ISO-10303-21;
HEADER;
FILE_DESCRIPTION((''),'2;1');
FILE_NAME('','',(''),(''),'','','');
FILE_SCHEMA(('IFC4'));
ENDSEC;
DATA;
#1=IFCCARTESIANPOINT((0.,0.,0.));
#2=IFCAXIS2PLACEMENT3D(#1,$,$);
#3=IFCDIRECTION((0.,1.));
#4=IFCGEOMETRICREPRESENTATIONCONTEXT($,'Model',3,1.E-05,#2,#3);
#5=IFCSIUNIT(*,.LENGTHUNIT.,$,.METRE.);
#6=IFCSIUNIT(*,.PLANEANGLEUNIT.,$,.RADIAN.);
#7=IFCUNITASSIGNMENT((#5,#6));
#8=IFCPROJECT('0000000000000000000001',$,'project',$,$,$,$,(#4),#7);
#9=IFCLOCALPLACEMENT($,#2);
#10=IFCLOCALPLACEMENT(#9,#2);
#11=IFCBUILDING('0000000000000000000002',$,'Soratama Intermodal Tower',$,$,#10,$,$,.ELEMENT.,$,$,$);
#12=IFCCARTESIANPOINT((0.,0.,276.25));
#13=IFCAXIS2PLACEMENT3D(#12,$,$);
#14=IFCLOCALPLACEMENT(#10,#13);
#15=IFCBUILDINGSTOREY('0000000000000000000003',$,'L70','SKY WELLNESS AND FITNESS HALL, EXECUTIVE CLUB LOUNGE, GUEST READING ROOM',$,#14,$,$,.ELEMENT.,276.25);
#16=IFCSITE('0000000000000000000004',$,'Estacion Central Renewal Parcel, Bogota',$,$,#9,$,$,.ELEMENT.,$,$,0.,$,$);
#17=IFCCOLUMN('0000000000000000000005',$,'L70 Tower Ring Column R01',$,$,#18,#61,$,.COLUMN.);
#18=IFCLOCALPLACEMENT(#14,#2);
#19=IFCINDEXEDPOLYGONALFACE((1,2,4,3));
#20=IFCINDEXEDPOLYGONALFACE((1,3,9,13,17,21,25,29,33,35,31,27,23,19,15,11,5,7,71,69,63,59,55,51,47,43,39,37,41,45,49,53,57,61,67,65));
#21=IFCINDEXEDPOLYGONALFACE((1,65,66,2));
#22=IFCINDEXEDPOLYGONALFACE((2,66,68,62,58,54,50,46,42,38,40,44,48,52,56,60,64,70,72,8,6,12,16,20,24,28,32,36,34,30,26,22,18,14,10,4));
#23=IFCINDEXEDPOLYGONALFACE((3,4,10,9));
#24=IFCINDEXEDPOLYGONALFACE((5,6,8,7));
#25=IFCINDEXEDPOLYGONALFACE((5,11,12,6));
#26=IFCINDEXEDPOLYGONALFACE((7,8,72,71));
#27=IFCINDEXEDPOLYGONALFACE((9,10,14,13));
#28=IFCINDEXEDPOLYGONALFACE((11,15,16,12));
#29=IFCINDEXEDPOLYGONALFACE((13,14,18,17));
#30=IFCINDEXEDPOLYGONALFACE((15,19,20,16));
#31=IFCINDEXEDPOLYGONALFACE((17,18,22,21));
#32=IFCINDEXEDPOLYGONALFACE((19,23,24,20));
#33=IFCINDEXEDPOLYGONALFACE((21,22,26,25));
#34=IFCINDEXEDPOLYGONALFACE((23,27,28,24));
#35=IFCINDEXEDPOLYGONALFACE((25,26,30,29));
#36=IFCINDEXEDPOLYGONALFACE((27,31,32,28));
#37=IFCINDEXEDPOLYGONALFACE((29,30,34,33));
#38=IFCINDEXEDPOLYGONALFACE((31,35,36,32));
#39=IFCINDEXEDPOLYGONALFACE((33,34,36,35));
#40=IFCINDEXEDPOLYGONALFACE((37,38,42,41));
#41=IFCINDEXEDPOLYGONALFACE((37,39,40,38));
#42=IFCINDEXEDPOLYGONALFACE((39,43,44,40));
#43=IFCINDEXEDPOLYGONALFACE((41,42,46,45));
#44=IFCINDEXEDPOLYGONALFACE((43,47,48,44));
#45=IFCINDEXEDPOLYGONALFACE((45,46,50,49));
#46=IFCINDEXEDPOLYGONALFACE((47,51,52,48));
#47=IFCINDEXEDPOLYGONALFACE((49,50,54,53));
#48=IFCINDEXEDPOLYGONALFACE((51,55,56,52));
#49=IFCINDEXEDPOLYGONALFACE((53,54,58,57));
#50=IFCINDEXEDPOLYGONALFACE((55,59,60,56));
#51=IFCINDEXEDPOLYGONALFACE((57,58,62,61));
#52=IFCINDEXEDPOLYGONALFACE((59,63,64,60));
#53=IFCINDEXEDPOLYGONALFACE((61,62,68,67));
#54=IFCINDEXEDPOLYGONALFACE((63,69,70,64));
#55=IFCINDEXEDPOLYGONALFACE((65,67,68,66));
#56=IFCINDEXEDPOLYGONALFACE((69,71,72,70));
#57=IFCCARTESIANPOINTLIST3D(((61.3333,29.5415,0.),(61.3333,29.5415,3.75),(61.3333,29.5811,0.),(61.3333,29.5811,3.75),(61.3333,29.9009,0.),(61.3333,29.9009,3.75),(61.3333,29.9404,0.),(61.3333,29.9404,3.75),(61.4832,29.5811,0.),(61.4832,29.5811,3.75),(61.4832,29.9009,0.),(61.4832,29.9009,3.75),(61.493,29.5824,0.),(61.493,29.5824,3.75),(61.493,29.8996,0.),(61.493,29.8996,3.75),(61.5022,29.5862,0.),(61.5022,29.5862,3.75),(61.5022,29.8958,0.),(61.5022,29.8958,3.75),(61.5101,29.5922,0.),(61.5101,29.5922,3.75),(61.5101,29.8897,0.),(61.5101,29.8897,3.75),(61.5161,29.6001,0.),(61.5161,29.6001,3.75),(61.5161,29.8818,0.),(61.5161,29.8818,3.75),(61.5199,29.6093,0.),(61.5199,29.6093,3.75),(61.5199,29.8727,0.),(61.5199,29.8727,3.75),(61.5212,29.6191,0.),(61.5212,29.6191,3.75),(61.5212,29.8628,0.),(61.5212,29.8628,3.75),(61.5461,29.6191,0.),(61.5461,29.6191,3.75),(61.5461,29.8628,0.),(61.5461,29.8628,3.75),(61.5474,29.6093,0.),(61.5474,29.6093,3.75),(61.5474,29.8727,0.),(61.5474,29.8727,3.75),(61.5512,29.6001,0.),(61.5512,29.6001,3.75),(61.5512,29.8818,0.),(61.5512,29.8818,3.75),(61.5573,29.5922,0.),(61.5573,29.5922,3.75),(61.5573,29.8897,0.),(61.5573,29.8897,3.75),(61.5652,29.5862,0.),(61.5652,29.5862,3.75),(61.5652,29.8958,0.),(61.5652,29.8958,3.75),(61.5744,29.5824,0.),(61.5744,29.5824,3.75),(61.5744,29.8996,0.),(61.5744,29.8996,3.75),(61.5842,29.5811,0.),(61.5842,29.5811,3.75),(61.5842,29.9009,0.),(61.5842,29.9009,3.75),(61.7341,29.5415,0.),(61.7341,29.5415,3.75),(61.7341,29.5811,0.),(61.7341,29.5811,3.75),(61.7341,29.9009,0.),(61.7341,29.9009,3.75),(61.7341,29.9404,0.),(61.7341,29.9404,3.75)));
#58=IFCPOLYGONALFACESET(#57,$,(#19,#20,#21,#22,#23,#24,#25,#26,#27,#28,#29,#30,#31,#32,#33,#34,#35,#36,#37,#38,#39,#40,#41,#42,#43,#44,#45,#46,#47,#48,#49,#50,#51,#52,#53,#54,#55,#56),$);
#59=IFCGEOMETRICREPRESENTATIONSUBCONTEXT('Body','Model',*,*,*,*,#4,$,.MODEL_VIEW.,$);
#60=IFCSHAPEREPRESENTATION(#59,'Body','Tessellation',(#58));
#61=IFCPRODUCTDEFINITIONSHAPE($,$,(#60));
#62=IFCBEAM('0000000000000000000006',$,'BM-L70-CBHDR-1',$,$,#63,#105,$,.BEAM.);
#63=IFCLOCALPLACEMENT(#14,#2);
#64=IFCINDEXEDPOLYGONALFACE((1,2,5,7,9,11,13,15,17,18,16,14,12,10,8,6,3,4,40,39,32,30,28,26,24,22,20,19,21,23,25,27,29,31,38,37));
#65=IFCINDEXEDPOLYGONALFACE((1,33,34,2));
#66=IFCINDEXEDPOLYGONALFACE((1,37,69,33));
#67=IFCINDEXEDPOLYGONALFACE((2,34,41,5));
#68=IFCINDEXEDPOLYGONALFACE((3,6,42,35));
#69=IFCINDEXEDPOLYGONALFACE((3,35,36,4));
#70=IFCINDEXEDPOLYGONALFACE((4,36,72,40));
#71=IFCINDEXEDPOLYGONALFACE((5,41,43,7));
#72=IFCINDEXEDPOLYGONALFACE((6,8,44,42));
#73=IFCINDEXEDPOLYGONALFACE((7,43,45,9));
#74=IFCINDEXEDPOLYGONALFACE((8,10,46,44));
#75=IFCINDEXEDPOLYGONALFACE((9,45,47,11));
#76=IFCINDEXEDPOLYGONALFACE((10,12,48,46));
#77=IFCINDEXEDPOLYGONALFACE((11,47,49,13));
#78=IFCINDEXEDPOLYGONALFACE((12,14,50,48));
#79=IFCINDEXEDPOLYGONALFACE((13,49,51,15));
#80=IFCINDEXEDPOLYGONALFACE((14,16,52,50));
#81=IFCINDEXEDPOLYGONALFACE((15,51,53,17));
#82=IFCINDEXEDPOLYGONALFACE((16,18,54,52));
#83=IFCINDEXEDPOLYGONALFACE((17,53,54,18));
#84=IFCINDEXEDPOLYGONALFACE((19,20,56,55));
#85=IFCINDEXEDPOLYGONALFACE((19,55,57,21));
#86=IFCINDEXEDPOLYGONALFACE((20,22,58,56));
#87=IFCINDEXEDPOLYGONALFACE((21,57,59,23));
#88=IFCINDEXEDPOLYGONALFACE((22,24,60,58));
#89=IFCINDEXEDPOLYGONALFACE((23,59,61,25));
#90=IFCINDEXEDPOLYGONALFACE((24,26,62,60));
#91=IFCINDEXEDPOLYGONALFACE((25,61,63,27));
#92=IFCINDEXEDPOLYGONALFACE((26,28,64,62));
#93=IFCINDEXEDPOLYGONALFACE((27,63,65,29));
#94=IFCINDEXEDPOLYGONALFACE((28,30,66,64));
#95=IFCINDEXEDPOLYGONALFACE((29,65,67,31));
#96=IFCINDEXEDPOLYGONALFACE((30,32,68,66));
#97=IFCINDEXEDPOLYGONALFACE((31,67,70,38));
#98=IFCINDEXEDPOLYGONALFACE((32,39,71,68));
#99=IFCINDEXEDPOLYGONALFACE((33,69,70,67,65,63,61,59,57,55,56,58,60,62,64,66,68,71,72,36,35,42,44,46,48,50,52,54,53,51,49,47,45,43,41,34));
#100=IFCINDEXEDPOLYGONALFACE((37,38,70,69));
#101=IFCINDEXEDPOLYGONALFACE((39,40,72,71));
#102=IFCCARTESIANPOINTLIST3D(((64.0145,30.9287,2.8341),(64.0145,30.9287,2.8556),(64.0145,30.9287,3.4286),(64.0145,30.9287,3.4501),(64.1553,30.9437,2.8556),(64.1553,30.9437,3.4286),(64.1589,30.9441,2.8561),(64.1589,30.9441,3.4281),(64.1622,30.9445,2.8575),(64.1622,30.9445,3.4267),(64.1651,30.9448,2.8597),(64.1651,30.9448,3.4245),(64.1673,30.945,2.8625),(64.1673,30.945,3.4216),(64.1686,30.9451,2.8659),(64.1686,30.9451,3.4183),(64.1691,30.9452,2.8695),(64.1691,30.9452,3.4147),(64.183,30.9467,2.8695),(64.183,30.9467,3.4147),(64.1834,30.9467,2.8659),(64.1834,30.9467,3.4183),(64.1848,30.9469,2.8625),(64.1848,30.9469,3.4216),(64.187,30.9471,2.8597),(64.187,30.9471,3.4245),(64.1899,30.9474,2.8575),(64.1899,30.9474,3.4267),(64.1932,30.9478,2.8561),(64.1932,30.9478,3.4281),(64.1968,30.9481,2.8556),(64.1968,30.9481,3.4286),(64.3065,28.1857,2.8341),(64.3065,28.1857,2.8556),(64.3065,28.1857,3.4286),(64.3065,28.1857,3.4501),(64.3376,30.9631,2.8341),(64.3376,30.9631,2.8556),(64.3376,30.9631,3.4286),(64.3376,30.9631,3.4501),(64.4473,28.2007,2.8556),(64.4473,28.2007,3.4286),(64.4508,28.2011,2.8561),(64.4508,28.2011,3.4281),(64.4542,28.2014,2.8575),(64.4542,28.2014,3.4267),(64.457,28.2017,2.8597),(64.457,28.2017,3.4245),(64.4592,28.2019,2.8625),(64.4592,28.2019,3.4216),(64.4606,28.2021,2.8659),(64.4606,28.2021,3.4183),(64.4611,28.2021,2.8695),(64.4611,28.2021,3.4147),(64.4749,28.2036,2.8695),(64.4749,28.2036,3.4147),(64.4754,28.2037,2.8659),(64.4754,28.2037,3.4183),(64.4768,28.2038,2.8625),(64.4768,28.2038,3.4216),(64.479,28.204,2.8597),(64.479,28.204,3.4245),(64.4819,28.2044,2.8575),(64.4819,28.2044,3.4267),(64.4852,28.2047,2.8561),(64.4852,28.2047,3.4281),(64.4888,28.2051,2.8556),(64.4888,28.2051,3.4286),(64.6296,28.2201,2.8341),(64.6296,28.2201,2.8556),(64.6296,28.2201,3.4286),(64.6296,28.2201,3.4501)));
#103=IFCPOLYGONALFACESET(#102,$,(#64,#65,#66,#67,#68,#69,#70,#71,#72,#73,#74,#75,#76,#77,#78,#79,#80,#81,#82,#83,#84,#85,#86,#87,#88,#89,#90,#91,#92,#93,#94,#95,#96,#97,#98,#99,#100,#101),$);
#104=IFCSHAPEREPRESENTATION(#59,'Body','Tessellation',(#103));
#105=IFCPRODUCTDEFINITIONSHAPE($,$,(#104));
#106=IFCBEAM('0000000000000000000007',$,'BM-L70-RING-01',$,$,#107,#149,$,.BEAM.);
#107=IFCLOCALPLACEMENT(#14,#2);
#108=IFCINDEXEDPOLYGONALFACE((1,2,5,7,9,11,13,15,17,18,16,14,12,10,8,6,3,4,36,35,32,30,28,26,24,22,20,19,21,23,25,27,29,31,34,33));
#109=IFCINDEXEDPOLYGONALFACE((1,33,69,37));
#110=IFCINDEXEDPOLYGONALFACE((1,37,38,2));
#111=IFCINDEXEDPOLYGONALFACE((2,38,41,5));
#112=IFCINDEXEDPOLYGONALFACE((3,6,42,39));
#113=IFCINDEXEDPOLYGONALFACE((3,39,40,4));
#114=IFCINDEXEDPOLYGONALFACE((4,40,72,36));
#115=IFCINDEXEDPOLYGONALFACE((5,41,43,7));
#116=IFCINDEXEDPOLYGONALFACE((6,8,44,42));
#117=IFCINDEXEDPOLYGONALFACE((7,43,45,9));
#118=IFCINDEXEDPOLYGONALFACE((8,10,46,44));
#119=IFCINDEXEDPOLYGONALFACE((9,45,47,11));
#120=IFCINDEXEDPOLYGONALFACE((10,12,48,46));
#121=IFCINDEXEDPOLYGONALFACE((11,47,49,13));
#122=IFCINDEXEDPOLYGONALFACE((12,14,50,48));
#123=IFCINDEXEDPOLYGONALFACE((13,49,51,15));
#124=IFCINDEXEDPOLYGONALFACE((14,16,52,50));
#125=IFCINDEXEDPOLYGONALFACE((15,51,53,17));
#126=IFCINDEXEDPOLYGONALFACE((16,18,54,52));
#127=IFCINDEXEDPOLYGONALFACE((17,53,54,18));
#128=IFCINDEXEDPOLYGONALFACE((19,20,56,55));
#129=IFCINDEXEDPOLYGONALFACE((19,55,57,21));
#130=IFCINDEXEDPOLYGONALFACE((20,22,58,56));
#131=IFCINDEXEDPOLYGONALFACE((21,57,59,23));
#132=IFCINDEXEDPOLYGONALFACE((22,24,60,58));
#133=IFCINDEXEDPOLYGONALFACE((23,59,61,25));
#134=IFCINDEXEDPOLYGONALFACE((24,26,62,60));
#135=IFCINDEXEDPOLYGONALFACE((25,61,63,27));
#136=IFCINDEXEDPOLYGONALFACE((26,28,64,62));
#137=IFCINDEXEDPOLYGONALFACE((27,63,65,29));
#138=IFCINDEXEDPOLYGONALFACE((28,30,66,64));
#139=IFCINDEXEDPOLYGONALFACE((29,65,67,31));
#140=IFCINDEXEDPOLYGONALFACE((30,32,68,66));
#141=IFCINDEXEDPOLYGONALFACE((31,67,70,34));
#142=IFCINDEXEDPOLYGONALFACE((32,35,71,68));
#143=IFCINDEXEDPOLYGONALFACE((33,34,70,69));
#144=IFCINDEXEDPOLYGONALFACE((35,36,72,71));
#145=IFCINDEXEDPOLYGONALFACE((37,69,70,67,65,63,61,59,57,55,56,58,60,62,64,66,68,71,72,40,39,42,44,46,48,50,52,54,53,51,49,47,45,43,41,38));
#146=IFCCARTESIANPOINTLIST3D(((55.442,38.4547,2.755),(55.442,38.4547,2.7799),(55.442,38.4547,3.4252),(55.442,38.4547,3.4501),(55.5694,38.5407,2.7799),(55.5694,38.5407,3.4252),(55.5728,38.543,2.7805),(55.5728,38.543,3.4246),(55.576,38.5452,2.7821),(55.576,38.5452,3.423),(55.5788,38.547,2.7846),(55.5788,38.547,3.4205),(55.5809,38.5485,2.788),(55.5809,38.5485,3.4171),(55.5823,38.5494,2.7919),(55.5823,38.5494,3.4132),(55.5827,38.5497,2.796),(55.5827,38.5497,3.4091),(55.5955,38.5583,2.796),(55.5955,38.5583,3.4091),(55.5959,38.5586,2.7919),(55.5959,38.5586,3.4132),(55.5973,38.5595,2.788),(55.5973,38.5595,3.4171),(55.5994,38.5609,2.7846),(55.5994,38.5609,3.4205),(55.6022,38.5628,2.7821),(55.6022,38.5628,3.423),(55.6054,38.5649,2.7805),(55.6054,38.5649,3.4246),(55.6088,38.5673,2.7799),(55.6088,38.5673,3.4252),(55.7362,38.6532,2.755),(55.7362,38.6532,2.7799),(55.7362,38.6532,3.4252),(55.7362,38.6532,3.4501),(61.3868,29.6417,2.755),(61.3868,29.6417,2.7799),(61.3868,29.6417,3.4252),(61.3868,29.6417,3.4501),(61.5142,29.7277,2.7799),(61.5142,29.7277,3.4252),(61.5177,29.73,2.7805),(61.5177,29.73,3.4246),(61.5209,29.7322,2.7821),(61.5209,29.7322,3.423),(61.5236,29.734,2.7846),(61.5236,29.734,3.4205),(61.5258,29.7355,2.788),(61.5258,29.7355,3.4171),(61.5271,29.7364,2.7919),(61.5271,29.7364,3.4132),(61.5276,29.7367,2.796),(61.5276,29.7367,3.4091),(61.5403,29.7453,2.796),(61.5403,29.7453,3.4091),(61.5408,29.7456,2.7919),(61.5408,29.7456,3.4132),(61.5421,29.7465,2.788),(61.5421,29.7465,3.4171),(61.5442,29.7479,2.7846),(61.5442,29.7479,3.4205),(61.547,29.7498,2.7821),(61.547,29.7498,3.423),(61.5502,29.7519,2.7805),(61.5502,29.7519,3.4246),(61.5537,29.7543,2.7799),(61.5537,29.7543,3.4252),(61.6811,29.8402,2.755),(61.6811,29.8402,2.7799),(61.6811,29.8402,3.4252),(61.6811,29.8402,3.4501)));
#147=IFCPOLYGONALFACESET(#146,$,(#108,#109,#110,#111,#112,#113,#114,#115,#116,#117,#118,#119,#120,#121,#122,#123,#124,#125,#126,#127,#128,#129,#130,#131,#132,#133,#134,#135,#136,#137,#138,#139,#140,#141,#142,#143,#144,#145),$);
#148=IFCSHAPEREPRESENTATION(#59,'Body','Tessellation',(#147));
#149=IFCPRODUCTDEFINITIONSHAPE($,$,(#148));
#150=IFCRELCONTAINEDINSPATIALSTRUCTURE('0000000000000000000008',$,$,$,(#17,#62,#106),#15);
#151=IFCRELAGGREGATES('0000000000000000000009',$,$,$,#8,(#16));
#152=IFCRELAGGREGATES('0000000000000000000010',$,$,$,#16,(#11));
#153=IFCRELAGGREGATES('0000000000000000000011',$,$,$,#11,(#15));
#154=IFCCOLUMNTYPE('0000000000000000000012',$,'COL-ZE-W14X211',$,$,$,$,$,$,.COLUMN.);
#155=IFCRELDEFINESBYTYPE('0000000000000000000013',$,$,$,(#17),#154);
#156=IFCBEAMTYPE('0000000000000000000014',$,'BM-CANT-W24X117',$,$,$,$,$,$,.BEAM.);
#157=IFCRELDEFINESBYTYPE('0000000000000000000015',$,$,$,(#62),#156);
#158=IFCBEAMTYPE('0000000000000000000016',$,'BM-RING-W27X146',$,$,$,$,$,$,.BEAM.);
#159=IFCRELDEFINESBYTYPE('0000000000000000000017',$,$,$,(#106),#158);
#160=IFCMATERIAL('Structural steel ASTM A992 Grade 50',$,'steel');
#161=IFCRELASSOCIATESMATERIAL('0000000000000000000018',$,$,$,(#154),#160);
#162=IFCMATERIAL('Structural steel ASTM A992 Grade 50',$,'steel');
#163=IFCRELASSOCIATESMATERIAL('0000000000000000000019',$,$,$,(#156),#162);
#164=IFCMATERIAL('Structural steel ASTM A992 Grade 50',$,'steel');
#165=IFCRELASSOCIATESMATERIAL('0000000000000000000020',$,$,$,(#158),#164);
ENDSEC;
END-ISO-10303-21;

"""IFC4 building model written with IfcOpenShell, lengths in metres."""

from ifc_helpers import new_model, si_unit, direction, frame, origin, origin_2d, place, context, subcontext, project, spatial, i_section, extrude, material, material_profile, profile_set, type_object, element, save


model = new_model("IFC4")

# Units and contexts
model_context = context("Model", 3, precision=1e-05, world=origin(), true_north=direction((0.0, 1.0)))
body_context = subcontext(model_context, "Body", "Model", "MODEL_VIEW")
ifc_project = project(units=[si_unit("LENGTHUNIT", "METRE"), si_unit("PLANEANGLEUNIT", "RADIAN")], contexts=[model_context])

# Site, building, storey
site_placement = place(None, origin())
site = spatial("IfcSite", under=ifc_project, at=site_placement, Name="Estacion Central Renewal Parcel, Bogota", CompositionType="ELEMENT", RefElevation=0.0)
building_placement = place(site_placement, origin())
building = spatial("IfcBuilding", under=site, at=building_placement, Name="Soratama Intermodal Tower", CompositionType="ELEMENT")
storey_placement = place(building_placement, frame((0.0, 0.0, 276.25)))
storey = spatial("IfcBuildingStorey", under=building, at=storey_placement, Name="L70", Description="SKY WELLNESS AND FITNESS HALL, EXECUTIVE CLUB LOUNGE, GUEST READING ROOM", CompositionType="ELEMENT", Elevation=276.25)

# Column
ifc_material_1 = material(Name="Structural steel ASTM A992 Grade 50", Category="steel")
ifc_material_profile_1 = material_profile(ifc_material_1, i_section(OverallWidth=0.4009, OverallDepth=0.3989, WebThickness=0.0249, FlangeThickness=0.0396, FilletRadius=0.0381, at=origin_2d()), Name="W14X211")
ifc_profile_set_1 = profile_set([ifc_material_profile_1], Name="Structural steel ASTM A992 Grade 50")
column_type = type_object("IfcColumnType", Name="COL-ZE-W14X211", PredefinedType="COLUMN", material=ifc_profile_set_1)
column_placement = place(storey_placement, frame((61.5337, 29.741, 0.0), z_axis=(0.0, 0.0, 1.0), x_axis=(1.0, 0.0, 0.0)))
element("IfcColumn", 1, at=column_placement, inside=storey, type_object=column_type, Name="L70 Tower Ring Column R01", PredefinedType="COLUMN", context=body_context, shape_type="SweptSolid", body=[
    extrude(i_section(OverallWidth=0.4009, OverallDepth=0.3989, WebThickness=0.0249, FlangeThickness=0.0396, FilletRadius=0.0381, at=origin_2d()), origin(), (0.0, 0.0, 1.0), 3.75),
])

# Beams
ifc_material_2 = material(Name="Structural steel ASTM A992 Grade 50", Category="steel")
ifc_material_profile_2 = material_profile(ifc_material_2, i_section(OverallWidth=0.325, OverallDepth=0.616, WebThickness=0.0139, FlangeThickness=0.0215, FilletRadius=0.0139, at=origin_2d()), Name="W24X117")
ifc_profile_set_2 = profile_set([ifc_material_profile_2], Name="Structural steel ASTM A992 Grade 50")
beam_type_1 = type_object("IfcBeamType", Name="BM-CANT-W24X117", PredefinedType="BEAM", material=ifc_profile_set_2)
beam_1_placement = place(storey_placement, frame((64.468, 28.2029, 3.1421), z_axis=(-0.105846, 0.994383, 0.0), x_axis=(-0.994383, -0.105846, 0.0)))
element("IfcBeam", 2, at=beam_1_placement, inside=storey, type_object=beam_type_1, Name="BM-L70-CBHDR-1", PredefinedType="BEAM", context=body_context, shape_type="SweptSolid", body=[
    extrude(i_section(OverallWidth=0.325, OverallDepth=0.616, WebThickness=0.0139, FlangeThickness=0.0215, FilletRadius=0.0139, at=origin_2d()), origin(), (0.0, 0.0, 1.0), 2.7585),
])
ifc_material_3 = material(Name="Structural steel ASTM A992 Grade 50", Category="steel")
ifc_material_profile_3 = material_profile(ifc_material_3, i_section(OverallWidth=0.355, OverallDepth=0.6951, WebThickness=0.0154, FlangeThickness=0.0249, FilletRadius=0.0161, at=origin_2d()), Name="W27X146")
ifc_profile_set_3 = profile_set([ifc_material_profile_3], Name="Structural steel ASTM A992 Grade 50")
beam_type_2 = type_object("IfcBeamType", Name="BM-RING-W27X146", PredefinedType="BEAM", material=ifc_profile_set_3)
beam_2_placement = place(storey_placement, frame((61.5339, 29.741, 3.1025), z_axis=(-0.559218, 0.829021, 0.0), x_axis=(-0.829021, -0.559218, 0.0)))
element("IfcBeam", 3, at=beam_2_placement, inside=storey, type_object=beam_type_2, Name="BM-L70-RING-01", PredefinedType="BEAM", context=body_context, shape_type="SweptSolid", body=[
    extrude(i_section(OverallWidth=0.355, OverallDepth=0.6951, WebThickness=0.0154, FlangeThickness=0.0249, FilletRadius=0.0161, at=origin_2d()), origin(), (0.0, 0.0, 1.0), 10.6306),
])

save(model, "model.ifc")
